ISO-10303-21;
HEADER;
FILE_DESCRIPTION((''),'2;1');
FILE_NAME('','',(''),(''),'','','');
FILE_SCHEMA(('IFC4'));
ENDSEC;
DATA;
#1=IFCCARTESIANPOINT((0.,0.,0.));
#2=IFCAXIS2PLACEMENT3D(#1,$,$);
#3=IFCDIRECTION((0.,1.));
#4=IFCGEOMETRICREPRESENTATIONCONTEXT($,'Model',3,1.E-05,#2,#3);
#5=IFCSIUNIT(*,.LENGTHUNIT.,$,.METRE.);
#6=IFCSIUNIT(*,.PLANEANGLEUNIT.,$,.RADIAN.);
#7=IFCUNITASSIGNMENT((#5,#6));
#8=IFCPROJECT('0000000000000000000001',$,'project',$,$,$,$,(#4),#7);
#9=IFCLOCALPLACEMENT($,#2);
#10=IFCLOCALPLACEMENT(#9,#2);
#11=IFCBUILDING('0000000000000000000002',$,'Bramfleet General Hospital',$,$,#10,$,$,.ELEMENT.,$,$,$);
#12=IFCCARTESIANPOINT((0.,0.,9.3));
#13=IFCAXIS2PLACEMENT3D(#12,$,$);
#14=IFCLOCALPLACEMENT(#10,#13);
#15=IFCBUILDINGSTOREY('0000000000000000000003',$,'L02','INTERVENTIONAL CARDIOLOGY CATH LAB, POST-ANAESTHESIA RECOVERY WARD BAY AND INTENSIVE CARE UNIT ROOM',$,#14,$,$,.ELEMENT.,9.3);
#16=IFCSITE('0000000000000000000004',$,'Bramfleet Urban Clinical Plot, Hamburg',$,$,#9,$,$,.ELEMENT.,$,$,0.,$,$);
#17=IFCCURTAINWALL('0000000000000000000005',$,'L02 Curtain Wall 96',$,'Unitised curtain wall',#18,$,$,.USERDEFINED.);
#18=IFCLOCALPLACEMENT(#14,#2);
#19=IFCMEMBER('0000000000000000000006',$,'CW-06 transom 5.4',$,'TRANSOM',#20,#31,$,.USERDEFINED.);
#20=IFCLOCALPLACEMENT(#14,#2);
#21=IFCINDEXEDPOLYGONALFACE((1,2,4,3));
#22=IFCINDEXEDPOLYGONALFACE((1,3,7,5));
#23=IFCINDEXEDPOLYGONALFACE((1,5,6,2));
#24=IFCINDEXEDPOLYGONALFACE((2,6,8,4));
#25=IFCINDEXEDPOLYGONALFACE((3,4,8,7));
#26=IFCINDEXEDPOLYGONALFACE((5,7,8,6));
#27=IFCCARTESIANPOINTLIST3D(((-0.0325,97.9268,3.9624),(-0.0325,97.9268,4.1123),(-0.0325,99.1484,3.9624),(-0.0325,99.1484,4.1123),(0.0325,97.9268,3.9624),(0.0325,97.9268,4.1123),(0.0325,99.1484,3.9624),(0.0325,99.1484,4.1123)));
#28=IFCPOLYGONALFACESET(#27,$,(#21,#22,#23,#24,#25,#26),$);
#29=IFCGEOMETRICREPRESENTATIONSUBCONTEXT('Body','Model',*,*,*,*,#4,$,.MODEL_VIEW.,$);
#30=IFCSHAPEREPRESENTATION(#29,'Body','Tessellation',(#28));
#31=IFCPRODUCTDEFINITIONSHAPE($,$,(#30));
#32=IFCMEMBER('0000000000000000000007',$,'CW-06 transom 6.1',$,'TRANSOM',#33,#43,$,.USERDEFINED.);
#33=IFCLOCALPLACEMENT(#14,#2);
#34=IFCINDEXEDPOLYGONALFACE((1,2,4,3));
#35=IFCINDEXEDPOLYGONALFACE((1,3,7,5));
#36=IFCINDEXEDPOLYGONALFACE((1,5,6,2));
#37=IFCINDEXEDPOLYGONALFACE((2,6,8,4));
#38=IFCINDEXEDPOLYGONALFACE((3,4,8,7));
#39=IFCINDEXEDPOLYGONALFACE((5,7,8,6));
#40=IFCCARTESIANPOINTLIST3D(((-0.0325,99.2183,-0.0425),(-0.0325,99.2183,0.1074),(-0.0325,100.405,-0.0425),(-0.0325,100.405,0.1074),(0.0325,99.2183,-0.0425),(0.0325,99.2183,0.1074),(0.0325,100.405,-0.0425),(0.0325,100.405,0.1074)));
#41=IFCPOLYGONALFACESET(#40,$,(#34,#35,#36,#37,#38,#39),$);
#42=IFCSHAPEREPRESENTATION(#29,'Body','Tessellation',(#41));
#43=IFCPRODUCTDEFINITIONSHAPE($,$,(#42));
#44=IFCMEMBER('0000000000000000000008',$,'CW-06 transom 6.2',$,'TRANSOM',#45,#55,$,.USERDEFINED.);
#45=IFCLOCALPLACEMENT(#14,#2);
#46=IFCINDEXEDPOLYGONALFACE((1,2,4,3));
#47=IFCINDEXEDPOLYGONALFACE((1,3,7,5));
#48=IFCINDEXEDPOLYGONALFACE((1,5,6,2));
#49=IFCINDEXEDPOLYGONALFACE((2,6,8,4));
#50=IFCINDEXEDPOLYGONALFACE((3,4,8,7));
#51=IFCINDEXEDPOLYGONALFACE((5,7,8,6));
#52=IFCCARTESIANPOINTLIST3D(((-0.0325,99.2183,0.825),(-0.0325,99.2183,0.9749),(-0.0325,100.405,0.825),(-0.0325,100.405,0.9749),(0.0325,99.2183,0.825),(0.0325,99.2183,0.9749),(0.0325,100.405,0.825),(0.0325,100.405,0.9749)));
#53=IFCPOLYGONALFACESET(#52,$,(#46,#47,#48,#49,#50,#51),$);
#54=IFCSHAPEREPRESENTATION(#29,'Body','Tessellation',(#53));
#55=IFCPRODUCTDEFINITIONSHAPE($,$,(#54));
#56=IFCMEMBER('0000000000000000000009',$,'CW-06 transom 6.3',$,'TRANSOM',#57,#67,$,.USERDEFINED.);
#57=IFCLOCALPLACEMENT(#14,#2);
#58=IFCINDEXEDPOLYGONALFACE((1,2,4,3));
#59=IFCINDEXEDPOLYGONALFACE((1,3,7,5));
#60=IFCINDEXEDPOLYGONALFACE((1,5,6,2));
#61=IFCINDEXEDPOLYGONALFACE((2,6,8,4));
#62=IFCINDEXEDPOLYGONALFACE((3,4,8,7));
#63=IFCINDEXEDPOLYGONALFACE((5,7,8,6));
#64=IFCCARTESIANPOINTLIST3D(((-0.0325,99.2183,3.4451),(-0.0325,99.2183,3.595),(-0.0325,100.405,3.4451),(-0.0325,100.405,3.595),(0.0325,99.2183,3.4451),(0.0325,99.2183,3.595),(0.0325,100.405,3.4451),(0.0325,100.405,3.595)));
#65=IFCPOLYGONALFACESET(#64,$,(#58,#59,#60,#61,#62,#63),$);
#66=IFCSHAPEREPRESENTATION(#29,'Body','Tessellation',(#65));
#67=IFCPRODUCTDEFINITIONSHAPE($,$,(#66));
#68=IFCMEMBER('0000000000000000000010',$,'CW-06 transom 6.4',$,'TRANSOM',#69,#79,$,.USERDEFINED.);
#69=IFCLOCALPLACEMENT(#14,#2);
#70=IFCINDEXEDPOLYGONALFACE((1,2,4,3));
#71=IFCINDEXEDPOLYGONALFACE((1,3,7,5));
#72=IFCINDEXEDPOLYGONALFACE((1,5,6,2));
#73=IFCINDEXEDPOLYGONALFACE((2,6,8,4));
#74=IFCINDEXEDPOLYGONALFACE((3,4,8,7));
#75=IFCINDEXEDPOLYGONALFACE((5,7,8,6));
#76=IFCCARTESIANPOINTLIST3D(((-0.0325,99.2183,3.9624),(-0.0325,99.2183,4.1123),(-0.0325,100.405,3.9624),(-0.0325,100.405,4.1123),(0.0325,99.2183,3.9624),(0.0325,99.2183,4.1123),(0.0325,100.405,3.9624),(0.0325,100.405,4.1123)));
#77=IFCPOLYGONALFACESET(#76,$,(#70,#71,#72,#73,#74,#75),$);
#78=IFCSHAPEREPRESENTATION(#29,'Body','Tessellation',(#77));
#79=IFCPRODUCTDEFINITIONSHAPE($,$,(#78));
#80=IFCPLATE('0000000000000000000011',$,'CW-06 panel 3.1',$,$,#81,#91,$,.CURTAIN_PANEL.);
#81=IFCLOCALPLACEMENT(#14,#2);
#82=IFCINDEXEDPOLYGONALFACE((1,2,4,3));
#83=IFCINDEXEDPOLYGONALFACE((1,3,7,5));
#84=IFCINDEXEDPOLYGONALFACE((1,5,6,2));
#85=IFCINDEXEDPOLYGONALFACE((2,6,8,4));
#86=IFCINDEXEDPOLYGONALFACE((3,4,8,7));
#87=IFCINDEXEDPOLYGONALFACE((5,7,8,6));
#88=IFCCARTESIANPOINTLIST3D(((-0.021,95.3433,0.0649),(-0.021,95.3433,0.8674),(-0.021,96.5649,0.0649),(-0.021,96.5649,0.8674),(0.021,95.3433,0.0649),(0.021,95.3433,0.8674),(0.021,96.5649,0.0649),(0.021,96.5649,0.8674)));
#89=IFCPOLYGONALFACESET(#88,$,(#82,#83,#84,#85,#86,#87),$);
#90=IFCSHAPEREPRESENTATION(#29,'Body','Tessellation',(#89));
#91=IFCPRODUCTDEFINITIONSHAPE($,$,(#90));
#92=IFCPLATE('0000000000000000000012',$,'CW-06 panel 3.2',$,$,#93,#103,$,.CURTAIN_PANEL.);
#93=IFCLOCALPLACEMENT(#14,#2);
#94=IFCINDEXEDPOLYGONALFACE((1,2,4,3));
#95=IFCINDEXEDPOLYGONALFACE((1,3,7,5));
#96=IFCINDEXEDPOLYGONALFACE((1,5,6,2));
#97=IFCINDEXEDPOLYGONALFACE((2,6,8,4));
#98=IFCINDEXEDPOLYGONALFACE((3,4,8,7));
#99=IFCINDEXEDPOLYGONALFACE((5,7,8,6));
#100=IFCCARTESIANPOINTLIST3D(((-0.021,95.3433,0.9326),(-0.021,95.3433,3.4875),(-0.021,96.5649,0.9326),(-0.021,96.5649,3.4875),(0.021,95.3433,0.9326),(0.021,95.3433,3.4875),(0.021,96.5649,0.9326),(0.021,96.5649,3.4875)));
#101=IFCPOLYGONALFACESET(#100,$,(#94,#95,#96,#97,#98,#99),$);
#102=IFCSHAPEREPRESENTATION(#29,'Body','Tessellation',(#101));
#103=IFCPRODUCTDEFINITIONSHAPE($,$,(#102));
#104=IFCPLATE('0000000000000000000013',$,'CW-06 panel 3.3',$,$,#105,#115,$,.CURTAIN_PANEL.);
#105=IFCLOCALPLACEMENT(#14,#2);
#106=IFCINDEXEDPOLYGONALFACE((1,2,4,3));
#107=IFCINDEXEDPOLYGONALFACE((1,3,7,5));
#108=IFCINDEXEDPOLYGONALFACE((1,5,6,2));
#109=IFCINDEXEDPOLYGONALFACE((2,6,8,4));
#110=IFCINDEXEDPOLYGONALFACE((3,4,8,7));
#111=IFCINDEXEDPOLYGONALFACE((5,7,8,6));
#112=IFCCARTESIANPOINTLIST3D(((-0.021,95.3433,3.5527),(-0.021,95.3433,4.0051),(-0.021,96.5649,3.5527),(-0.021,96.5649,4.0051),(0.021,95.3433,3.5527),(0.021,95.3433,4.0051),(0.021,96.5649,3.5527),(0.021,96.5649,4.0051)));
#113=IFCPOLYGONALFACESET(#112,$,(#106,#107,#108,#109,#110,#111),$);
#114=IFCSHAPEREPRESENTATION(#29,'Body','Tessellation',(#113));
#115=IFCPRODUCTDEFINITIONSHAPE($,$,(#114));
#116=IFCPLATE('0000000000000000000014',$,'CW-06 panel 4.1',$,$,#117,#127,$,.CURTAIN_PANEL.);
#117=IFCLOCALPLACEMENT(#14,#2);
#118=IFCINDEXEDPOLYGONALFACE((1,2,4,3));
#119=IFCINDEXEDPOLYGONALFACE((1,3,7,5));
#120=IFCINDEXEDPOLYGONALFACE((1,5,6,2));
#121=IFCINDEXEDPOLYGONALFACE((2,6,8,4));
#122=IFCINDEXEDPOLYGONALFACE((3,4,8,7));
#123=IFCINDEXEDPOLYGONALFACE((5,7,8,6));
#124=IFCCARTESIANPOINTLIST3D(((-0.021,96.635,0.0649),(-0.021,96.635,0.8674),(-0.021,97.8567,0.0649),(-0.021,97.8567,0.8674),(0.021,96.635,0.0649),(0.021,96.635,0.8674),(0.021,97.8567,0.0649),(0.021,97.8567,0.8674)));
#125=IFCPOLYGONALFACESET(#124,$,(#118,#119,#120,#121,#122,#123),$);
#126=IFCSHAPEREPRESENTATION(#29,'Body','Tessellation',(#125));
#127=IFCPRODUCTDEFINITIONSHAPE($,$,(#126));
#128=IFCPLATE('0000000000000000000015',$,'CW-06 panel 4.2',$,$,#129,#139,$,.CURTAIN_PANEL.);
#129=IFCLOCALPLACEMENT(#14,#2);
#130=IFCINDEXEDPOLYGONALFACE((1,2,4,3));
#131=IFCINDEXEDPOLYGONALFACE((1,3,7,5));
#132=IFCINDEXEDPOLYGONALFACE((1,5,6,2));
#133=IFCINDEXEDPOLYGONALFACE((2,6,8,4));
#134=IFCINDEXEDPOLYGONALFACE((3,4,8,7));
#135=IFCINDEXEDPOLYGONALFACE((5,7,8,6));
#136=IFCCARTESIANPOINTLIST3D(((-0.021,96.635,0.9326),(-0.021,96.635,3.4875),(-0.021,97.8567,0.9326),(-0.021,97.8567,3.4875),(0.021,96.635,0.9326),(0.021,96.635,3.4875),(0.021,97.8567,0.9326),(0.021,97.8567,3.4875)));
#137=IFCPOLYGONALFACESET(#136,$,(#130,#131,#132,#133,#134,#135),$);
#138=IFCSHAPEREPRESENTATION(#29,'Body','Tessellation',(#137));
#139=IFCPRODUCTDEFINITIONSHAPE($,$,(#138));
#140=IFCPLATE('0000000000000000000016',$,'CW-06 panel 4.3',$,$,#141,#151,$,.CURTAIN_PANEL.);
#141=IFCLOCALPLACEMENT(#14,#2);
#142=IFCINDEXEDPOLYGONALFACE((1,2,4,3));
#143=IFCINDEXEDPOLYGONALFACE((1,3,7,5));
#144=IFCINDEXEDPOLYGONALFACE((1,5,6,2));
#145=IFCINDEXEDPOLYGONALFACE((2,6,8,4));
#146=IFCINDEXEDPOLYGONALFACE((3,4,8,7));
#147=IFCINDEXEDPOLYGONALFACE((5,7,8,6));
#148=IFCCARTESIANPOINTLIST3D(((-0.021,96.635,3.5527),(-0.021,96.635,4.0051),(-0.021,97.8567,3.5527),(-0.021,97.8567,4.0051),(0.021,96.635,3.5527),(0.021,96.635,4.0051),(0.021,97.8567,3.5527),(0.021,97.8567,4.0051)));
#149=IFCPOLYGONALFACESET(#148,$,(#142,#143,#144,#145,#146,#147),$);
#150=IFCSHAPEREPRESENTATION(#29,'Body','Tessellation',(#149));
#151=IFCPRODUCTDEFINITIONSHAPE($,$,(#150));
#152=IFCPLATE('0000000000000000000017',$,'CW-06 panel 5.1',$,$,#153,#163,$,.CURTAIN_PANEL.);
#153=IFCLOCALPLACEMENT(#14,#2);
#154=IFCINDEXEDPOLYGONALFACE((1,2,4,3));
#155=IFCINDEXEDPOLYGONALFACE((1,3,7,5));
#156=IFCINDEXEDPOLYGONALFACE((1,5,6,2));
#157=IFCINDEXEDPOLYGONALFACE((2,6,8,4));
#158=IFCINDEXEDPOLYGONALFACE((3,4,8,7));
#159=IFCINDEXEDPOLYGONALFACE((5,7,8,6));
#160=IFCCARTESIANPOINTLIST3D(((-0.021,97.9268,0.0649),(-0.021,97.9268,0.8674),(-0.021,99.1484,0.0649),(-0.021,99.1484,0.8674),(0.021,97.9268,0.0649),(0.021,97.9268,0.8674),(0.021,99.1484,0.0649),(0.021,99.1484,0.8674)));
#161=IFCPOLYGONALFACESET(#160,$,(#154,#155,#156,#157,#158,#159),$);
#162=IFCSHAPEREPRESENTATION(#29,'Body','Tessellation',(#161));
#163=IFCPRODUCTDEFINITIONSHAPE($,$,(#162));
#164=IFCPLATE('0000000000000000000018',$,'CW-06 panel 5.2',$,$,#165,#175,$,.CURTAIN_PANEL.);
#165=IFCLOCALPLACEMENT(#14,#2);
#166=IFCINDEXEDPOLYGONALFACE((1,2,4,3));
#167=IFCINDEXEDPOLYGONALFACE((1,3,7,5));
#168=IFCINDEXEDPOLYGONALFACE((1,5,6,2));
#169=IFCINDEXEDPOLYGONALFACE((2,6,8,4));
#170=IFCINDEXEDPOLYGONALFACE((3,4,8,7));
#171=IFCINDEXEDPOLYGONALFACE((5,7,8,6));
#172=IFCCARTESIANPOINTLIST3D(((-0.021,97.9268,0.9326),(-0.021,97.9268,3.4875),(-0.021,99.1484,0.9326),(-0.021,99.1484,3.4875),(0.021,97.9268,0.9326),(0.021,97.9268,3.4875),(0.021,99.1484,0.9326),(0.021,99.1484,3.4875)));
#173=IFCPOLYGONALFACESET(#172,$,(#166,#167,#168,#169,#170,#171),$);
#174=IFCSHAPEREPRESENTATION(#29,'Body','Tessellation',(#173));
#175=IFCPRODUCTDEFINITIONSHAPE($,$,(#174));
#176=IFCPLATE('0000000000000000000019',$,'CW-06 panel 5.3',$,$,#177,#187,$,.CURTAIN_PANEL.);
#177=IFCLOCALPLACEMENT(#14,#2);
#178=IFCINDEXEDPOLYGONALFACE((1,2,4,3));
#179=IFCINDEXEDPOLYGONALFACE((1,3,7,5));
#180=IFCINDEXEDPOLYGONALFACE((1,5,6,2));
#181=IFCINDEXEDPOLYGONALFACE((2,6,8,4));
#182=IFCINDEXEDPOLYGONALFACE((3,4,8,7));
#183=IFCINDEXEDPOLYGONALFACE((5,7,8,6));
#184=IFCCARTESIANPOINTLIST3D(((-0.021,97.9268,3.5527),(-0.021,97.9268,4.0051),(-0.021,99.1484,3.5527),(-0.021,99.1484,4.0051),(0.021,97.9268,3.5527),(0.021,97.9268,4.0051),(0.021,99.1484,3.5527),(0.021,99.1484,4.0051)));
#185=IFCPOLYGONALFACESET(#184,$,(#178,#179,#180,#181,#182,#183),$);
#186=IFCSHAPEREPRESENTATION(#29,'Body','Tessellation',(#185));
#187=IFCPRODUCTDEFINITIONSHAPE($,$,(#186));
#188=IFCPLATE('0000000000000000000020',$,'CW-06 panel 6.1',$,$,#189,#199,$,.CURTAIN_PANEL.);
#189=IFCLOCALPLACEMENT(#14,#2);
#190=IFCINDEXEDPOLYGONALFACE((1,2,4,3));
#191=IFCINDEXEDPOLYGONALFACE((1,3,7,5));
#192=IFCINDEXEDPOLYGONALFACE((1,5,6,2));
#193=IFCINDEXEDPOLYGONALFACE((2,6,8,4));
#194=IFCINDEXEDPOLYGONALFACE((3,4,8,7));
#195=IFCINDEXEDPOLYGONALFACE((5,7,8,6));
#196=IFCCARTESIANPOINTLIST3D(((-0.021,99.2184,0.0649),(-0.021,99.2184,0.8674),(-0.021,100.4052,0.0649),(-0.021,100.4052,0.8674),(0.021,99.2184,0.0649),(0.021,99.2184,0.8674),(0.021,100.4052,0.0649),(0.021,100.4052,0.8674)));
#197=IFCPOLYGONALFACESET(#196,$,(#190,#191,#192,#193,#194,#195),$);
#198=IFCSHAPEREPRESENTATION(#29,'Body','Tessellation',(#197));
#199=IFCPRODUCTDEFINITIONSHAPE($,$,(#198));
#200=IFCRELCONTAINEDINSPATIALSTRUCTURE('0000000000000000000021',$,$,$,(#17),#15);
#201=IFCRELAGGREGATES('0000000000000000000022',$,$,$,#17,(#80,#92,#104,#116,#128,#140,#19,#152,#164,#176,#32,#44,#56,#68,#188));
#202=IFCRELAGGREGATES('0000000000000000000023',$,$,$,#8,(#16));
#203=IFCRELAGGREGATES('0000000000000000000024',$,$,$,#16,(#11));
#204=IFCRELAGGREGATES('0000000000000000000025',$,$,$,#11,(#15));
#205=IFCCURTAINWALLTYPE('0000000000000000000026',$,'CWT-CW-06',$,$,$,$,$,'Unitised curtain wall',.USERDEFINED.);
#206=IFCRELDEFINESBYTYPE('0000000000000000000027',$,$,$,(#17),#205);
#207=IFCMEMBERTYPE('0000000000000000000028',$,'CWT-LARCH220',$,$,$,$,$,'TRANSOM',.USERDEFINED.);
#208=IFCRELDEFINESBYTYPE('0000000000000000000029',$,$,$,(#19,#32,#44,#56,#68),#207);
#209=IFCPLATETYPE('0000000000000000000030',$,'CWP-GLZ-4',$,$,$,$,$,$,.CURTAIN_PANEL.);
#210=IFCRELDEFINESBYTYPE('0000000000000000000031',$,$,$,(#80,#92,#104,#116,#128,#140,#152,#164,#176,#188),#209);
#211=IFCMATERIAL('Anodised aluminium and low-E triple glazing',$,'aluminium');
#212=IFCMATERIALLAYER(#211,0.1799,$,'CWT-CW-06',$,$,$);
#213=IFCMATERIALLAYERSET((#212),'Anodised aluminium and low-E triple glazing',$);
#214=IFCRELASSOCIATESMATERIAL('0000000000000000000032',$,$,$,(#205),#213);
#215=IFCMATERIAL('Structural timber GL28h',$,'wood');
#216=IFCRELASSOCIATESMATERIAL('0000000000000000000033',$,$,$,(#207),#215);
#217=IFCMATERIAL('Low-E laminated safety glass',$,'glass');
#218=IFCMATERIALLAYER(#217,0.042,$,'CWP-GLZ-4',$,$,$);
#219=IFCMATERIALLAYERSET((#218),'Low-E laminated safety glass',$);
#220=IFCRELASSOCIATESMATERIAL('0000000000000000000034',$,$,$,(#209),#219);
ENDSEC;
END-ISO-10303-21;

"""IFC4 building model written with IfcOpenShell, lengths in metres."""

from ifc_helpers import new_model, si_unit, direction, frame, origin, origin_2d, place, context, subcontext, project, spatial, rectangle, extrude, material, layer, layer_set, material_profile, profile_set, type_object, element, aggregate, save


model = new_model("IFC4")

# Units and contexts
model_context = context("Model", 3, precision=1e-05, world=origin(), true_north=direction((0.0, 1.0)))
body_context = subcontext(model_context, "Body", "Model", "MODEL_VIEW")
ifc_project = project(units=[si_unit("LENGTHUNIT", "METRE"), si_unit("PLANEANGLEUNIT", "RADIAN")], contexts=[model_context])

# Site, building, storey
site_placement = place(None, origin())
site = spatial("IfcSite", under=ifc_project, at=site_placement, Name="Bramfleet Urban Clinical Plot, Hamburg", CompositionType="ELEMENT", RefElevation=0.0)
building_placement = place(site_placement, origin())
building = spatial("IfcBuilding", under=site, at=building_placement, Name="Bramfleet General Hospital", CompositionType="ELEMENT")
storey_placement = place(building_placement, frame((0.0, 0.0, 9.3)))
storey = spatial("IfcBuildingStorey", under=building, at=storey_placement, Name="L02", Description="INTERVENTIONAL CARDIOLOGY CATH LAB, POST-ANAESTHESIA RECOVERY WARD BAY AND INTENSIVE CARE UNIT ROOM", CompositionType="ELEMENT", Elevation=9.3)

# Curtain wall, members, plates
ifc_material_1 = material(Name="Anodised aluminium and low-E triple glazing", Category="aluminium")
ifc_layer_1 = layer(ifc_material_1, 0.1799, Name="CWT-CW-06")
ifc_layer_set_1 = layer_set([ifc_layer_1], Name="Anodised aluminium and low-E triple glazing")
curtain_wall_type = type_object("IfcCurtainWallType", Name="CWT-CW-06", ElementType="Unitised curtain wall", PredefinedType="USERDEFINED", material=ifc_layer_set_1)
curtain_wall_placement = place(storey_placement, origin())
curtain_wall = element("IfcCurtainWall", 1, at=curtain_wall_placement, inside=storey, type_object=curtain_wall_type, Name="L02 Curtain Wall 96", ObjectType="Unitised curtain wall", PredefinedType="USERDEFINED")
ifc_material_2 = material(Name="Structural timber GL28h", Category="wood")
ifc_material_profile_1 = material_profile(ifc_material_2, rectangle(XDim=0.0649, YDim=0.1499, at=origin_2d()), Name="LARCH 150x65")
ifc_profile_set_1 = profile_set([ifc_material_profile_1], Name="Structural timber GL28h")
member_type_1 = type_object("IfcMemberType", Name="CWT-LARCH220", ElementType="TRANSOM", PredefinedType="USERDEFINED", material=ifc_profile_set_1)
member_1_placement = place(storey_placement, frame((0.0, 97.9268, 4.0374), z_axis=(0.0, 1.0, 0.0), x_axis=(-1.0, 0.0, 0.0)))
member_1 = element("IfcMember", 2, at=member_1_placement, type_object=member_type_1, Name="CW-06 transom 5.4", ObjectType="TRANSOM", PredefinedType="USERDEFINED", context=body_context, shape_type="SweptSolid", body=[
    extrude(rectangle(XDim=0.0649, YDim=0.1499, at=origin_2d()), origin(), (0.0, 0.0, 1.0), 1.2217),
])
member_2_placement = place(storey_placement, frame((0.0, 99.2183, 0.0325), z_axis=(0.0, 1.0, 0.0), x_axis=(-1.0, 0.0, 0.0)))
member_2 = element("IfcMember", 3, at=member_2_placement, type_object=member_type_1, Name="CW-06 transom 6.1", ObjectType="TRANSOM", PredefinedType="USERDEFINED", context=body_context, shape_type="SweptSolid", body=[
    extrude(rectangle(XDim=0.0649, YDim=0.1499, at=origin_2d()), origin(), (0.0, 0.0, 1.0), 1.1868),
])
member_3_placement = place(storey_placement, frame((0.0, 99.2183, 0.8999), z_axis=(0.0, 1.0, 0.0), x_axis=(-1.0, 0.0, 0.0)))
member_3 = element("IfcMember", 4, at=member_3_placement, type_object=member_type_1, Name="CW-06 transom 6.2", ObjectType="TRANSOM", PredefinedType="USERDEFINED", context=body_context, shape_type="SweptSolid", body=[
    extrude(rectangle(XDim=0.0649, YDim=0.1499, at=origin_2d()), origin(), (0.0, 0.0, 1.0), 1.1868),
])
member_4_placement = place(storey_placement, frame((0.0, 99.2183, 3.52), z_axis=(0.0, 1.0, 0.0), x_axis=(-1.0, 0.0, 0.0)))
member_4 = element("IfcMember", 5, at=member_4_placement, type_object=member_type_1, Name="CW-06 transom 6.3", ObjectType="TRANSOM", PredefinedType="USERDEFINED", context=body_context, shape_type="SweptSolid", body=[
    extrude(rectangle(XDim=0.0649, YDim=0.1499, at=origin_2d()), origin(), (0.0, 0.0, 1.0), 1.1868),
])
member_5_placement = place(storey_placement, frame((0.0, 99.2183, 4.0374), z_axis=(0.0, 1.0, 0.0), x_axis=(-1.0, 0.0, 0.0)))
member_5 = element("IfcMember", 6, at=member_5_placement, type_object=member_type_1, Name="CW-06 transom 6.4", ObjectType="TRANSOM", PredefinedType="USERDEFINED", context=body_context, shape_type="SweptSolid", body=[
    extrude(rectangle(XDim=0.0649, YDim=0.1499, at=origin_2d()), origin(), (0.0, 0.0, 1.0), 1.1868),
])
ifc_material_3 = material(Name="Low-E laminated safety glass", Category="glass")
ifc_layer_2 = layer(ifc_material_3, 0.042, Name="CWP-GLZ-4")
ifc_layer_set_2 = layer_set([ifc_layer_2], Name="Low-E laminated safety glass")
plate_type = type_object("IfcPlateType", Name="CWP-GLZ-4", PredefinedType="CURTAIN_PANEL", material=ifc_layer_set_2)
plate_1_placement = place(storey_placement, frame((0.0, 95.9541, 0.0649), z_axis=(0.0, 0.0, 1.0), x_axis=(0.0, 1.0, 0.0)))
plate_1 = element("IfcPlate", 7, at=plate_1_placement, type_object=plate_type, Name="CW-06 panel 3.1", PredefinedType="CURTAIN_PANEL", context=body_context, shape_type="SweptSolid", body=[
    extrude(rectangle(XDim=1.2217, YDim=0.042, at=origin_2d()), origin(), (0.0, 0.0, 1.0), 0.8025),
])
plate_2_placement = place(storey_placement, frame((0.0, 95.9541, 0.9326), z_axis=(0.0, 0.0, 1.0), x_axis=(0.0, 1.0, 0.0)))
plate_2 = element("IfcPlate", 8, at=plate_2_placement, type_object=plate_type, Name="CW-06 panel 3.2", PredefinedType="CURTAIN_PANEL", context=body_context, shape_type="SweptSolid", body=[
    extrude(rectangle(XDim=1.2217, YDim=0.042, at=origin_2d()), origin(), (0.0, 0.0, 1.0), 2.5549),
])
plate_3_placement = place(storey_placement, frame((0.0, 95.9541, 3.5527), z_axis=(0.0, 0.0, 1.0), x_axis=(0.0, 1.0, 0.0)))
plate_3 = element("IfcPlate", 9, at=plate_3_placement, type_object=plate_type, Name="CW-06 panel 3.3", PredefinedType="CURTAIN_PANEL", context=body_context, shape_type="SweptSolid", body=[
    extrude(rectangle(XDim=1.2217, YDim=0.042, at=origin_2d()), origin(), (0.0, 0.0, 1.0), 0.4524),
])
plate_4_placement = place(storey_placement, frame((0.0, 97.2458, 0.0649), z_axis=(0.0, 0.0, 1.0), x_axis=(0.0, 1.0, 0.0)))
plate_4 = element("IfcPlate", 10, at=plate_4_placement, type_object=plate_type, Name="CW-06 panel 4.1", PredefinedType="CURTAIN_PANEL", context=body_context, shape_type="SweptSolid", body=[
    extrude(rectangle(XDim=1.2217, YDim=0.042, at=origin_2d()), origin(), (0.0, 0.0, 1.0), 0.8025),
])
plate_5_placement = place(storey_placement, frame((0.0, 97.2458, 0.9326), z_axis=(0.0, 0.0, 1.0), x_axis=(0.0, 1.0, 0.0)))
plate_5 = element("IfcPlate", 11, at=plate_5_placement, type_object=plate_type, Name="CW-06 panel 4.2", PredefinedType="CURTAIN_PANEL", context=body_context, shape_type="SweptSolid", body=[
    extrude(rectangle(XDim=1.2217, YDim=0.042, at=origin_2d()), origin(), (0.0, 0.0, 1.0), 2.5549),
])
plate_6_placement = place(storey_placement, frame((0.0, 97.2458, 3.5527), z_axis=(0.0, 0.0, 1.0), x_axis=(0.0, 1.0, 0.0)))
plate_6 = element("IfcPlate", 12, at=plate_6_placement, type_object=plate_type, Name="CW-06 panel 4.3", PredefinedType="CURTAIN_PANEL", context=body_context, shape_type="SweptSolid", body=[
    extrude(rectangle(XDim=1.2217, YDim=0.042, at=origin_2d()), origin(), (0.0, 0.0, 1.0), 0.4524),
])
plate_7_placement = place(storey_placement, frame((0.0, 98.5376, 0.0649), z_axis=(0.0, 0.0, 1.0), x_axis=(0.0, 1.0, 0.0)))
plate_7 = element("IfcPlate", 13, at=plate_7_placement, type_object=plate_type, Name="CW-06 panel 5.1", PredefinedType="CURTAIN_PANEL", context=body_context, shape_type="SweptSolid", body=[
    extrude(rectangle(XDim=1.2217, YDim=0.042, at=origin_2d()), origin(), (0.0, 0.0, 1.0), 0.8025),
])
plate_8_placement = place(storey_placement, frame((0.0, 98.5376, 0.9326), z_axis=(0.0, 0.0, 1.0), x_axis=(0.0, 1.0, 0.0)))
plate_8 = element("IfcPlate", 14, at=plate_8_placement, type_object=plate_type, Name="CW-06 panel 5.2", PredefinedType="CURTAIN_PANEL", context=body_context, shape_type="SweptSolid", body=[
    extrude(rectangle(XDim=1.2217, YDim=0.042, at=origin_2d()), origin(), (0.0, 0.0, 1.0), 2.5549),
])
plate_9_placement = place(storey_placement, frame((0.0, 98.5376, 3.5527), z_axis=(0.0, 0.0, 1.0), x_axis=(0.0, 1.0, 0.0)))
plate_9 = element("IfcPlate", 15, at=plate_9_placement, type_object=plate_type, Name="CW-06 panel 5.3", PredefinedType="CURTAIN_PANEL", context=body_context, shape_type="SweptSolid", body=[
    extrude(rectangle(XDim=1.2217, YDim=0.042, at=origin_2d()), origin(), (0.0, 0.0, 1.0), 0.4524),
])
plate_10_placement = place(storey_placement, frame((0.0, 99.8118, 0.0649), z_axis=(0.0, 0.0, 1.0), x_axis=(0.0, 1.0, 0.0)))
plate_10 = element("IfcPlate", 16, at=plate_10_placement, type_object=plate_type, Name="CW-06 panel 6.1", PredefinedType="CURTAIN_PANEL", context=body_context, shape_type="SweptSolid", body=[
    extrude(rectangle(XDim=1.1868, YDim=0.042, at=origin_2d()), origin(), (0.0, 0.0, 1.0), 0.8025),
])
aggregate(curtain_wall, [plate_1, plate_2, plate_3, plate_4, plate_5, plate_6, member_1, plate_7, plate_8, plate_9, member_2, member_3, member_4, member_5, plate_10])

save(model, "model.ifc")
